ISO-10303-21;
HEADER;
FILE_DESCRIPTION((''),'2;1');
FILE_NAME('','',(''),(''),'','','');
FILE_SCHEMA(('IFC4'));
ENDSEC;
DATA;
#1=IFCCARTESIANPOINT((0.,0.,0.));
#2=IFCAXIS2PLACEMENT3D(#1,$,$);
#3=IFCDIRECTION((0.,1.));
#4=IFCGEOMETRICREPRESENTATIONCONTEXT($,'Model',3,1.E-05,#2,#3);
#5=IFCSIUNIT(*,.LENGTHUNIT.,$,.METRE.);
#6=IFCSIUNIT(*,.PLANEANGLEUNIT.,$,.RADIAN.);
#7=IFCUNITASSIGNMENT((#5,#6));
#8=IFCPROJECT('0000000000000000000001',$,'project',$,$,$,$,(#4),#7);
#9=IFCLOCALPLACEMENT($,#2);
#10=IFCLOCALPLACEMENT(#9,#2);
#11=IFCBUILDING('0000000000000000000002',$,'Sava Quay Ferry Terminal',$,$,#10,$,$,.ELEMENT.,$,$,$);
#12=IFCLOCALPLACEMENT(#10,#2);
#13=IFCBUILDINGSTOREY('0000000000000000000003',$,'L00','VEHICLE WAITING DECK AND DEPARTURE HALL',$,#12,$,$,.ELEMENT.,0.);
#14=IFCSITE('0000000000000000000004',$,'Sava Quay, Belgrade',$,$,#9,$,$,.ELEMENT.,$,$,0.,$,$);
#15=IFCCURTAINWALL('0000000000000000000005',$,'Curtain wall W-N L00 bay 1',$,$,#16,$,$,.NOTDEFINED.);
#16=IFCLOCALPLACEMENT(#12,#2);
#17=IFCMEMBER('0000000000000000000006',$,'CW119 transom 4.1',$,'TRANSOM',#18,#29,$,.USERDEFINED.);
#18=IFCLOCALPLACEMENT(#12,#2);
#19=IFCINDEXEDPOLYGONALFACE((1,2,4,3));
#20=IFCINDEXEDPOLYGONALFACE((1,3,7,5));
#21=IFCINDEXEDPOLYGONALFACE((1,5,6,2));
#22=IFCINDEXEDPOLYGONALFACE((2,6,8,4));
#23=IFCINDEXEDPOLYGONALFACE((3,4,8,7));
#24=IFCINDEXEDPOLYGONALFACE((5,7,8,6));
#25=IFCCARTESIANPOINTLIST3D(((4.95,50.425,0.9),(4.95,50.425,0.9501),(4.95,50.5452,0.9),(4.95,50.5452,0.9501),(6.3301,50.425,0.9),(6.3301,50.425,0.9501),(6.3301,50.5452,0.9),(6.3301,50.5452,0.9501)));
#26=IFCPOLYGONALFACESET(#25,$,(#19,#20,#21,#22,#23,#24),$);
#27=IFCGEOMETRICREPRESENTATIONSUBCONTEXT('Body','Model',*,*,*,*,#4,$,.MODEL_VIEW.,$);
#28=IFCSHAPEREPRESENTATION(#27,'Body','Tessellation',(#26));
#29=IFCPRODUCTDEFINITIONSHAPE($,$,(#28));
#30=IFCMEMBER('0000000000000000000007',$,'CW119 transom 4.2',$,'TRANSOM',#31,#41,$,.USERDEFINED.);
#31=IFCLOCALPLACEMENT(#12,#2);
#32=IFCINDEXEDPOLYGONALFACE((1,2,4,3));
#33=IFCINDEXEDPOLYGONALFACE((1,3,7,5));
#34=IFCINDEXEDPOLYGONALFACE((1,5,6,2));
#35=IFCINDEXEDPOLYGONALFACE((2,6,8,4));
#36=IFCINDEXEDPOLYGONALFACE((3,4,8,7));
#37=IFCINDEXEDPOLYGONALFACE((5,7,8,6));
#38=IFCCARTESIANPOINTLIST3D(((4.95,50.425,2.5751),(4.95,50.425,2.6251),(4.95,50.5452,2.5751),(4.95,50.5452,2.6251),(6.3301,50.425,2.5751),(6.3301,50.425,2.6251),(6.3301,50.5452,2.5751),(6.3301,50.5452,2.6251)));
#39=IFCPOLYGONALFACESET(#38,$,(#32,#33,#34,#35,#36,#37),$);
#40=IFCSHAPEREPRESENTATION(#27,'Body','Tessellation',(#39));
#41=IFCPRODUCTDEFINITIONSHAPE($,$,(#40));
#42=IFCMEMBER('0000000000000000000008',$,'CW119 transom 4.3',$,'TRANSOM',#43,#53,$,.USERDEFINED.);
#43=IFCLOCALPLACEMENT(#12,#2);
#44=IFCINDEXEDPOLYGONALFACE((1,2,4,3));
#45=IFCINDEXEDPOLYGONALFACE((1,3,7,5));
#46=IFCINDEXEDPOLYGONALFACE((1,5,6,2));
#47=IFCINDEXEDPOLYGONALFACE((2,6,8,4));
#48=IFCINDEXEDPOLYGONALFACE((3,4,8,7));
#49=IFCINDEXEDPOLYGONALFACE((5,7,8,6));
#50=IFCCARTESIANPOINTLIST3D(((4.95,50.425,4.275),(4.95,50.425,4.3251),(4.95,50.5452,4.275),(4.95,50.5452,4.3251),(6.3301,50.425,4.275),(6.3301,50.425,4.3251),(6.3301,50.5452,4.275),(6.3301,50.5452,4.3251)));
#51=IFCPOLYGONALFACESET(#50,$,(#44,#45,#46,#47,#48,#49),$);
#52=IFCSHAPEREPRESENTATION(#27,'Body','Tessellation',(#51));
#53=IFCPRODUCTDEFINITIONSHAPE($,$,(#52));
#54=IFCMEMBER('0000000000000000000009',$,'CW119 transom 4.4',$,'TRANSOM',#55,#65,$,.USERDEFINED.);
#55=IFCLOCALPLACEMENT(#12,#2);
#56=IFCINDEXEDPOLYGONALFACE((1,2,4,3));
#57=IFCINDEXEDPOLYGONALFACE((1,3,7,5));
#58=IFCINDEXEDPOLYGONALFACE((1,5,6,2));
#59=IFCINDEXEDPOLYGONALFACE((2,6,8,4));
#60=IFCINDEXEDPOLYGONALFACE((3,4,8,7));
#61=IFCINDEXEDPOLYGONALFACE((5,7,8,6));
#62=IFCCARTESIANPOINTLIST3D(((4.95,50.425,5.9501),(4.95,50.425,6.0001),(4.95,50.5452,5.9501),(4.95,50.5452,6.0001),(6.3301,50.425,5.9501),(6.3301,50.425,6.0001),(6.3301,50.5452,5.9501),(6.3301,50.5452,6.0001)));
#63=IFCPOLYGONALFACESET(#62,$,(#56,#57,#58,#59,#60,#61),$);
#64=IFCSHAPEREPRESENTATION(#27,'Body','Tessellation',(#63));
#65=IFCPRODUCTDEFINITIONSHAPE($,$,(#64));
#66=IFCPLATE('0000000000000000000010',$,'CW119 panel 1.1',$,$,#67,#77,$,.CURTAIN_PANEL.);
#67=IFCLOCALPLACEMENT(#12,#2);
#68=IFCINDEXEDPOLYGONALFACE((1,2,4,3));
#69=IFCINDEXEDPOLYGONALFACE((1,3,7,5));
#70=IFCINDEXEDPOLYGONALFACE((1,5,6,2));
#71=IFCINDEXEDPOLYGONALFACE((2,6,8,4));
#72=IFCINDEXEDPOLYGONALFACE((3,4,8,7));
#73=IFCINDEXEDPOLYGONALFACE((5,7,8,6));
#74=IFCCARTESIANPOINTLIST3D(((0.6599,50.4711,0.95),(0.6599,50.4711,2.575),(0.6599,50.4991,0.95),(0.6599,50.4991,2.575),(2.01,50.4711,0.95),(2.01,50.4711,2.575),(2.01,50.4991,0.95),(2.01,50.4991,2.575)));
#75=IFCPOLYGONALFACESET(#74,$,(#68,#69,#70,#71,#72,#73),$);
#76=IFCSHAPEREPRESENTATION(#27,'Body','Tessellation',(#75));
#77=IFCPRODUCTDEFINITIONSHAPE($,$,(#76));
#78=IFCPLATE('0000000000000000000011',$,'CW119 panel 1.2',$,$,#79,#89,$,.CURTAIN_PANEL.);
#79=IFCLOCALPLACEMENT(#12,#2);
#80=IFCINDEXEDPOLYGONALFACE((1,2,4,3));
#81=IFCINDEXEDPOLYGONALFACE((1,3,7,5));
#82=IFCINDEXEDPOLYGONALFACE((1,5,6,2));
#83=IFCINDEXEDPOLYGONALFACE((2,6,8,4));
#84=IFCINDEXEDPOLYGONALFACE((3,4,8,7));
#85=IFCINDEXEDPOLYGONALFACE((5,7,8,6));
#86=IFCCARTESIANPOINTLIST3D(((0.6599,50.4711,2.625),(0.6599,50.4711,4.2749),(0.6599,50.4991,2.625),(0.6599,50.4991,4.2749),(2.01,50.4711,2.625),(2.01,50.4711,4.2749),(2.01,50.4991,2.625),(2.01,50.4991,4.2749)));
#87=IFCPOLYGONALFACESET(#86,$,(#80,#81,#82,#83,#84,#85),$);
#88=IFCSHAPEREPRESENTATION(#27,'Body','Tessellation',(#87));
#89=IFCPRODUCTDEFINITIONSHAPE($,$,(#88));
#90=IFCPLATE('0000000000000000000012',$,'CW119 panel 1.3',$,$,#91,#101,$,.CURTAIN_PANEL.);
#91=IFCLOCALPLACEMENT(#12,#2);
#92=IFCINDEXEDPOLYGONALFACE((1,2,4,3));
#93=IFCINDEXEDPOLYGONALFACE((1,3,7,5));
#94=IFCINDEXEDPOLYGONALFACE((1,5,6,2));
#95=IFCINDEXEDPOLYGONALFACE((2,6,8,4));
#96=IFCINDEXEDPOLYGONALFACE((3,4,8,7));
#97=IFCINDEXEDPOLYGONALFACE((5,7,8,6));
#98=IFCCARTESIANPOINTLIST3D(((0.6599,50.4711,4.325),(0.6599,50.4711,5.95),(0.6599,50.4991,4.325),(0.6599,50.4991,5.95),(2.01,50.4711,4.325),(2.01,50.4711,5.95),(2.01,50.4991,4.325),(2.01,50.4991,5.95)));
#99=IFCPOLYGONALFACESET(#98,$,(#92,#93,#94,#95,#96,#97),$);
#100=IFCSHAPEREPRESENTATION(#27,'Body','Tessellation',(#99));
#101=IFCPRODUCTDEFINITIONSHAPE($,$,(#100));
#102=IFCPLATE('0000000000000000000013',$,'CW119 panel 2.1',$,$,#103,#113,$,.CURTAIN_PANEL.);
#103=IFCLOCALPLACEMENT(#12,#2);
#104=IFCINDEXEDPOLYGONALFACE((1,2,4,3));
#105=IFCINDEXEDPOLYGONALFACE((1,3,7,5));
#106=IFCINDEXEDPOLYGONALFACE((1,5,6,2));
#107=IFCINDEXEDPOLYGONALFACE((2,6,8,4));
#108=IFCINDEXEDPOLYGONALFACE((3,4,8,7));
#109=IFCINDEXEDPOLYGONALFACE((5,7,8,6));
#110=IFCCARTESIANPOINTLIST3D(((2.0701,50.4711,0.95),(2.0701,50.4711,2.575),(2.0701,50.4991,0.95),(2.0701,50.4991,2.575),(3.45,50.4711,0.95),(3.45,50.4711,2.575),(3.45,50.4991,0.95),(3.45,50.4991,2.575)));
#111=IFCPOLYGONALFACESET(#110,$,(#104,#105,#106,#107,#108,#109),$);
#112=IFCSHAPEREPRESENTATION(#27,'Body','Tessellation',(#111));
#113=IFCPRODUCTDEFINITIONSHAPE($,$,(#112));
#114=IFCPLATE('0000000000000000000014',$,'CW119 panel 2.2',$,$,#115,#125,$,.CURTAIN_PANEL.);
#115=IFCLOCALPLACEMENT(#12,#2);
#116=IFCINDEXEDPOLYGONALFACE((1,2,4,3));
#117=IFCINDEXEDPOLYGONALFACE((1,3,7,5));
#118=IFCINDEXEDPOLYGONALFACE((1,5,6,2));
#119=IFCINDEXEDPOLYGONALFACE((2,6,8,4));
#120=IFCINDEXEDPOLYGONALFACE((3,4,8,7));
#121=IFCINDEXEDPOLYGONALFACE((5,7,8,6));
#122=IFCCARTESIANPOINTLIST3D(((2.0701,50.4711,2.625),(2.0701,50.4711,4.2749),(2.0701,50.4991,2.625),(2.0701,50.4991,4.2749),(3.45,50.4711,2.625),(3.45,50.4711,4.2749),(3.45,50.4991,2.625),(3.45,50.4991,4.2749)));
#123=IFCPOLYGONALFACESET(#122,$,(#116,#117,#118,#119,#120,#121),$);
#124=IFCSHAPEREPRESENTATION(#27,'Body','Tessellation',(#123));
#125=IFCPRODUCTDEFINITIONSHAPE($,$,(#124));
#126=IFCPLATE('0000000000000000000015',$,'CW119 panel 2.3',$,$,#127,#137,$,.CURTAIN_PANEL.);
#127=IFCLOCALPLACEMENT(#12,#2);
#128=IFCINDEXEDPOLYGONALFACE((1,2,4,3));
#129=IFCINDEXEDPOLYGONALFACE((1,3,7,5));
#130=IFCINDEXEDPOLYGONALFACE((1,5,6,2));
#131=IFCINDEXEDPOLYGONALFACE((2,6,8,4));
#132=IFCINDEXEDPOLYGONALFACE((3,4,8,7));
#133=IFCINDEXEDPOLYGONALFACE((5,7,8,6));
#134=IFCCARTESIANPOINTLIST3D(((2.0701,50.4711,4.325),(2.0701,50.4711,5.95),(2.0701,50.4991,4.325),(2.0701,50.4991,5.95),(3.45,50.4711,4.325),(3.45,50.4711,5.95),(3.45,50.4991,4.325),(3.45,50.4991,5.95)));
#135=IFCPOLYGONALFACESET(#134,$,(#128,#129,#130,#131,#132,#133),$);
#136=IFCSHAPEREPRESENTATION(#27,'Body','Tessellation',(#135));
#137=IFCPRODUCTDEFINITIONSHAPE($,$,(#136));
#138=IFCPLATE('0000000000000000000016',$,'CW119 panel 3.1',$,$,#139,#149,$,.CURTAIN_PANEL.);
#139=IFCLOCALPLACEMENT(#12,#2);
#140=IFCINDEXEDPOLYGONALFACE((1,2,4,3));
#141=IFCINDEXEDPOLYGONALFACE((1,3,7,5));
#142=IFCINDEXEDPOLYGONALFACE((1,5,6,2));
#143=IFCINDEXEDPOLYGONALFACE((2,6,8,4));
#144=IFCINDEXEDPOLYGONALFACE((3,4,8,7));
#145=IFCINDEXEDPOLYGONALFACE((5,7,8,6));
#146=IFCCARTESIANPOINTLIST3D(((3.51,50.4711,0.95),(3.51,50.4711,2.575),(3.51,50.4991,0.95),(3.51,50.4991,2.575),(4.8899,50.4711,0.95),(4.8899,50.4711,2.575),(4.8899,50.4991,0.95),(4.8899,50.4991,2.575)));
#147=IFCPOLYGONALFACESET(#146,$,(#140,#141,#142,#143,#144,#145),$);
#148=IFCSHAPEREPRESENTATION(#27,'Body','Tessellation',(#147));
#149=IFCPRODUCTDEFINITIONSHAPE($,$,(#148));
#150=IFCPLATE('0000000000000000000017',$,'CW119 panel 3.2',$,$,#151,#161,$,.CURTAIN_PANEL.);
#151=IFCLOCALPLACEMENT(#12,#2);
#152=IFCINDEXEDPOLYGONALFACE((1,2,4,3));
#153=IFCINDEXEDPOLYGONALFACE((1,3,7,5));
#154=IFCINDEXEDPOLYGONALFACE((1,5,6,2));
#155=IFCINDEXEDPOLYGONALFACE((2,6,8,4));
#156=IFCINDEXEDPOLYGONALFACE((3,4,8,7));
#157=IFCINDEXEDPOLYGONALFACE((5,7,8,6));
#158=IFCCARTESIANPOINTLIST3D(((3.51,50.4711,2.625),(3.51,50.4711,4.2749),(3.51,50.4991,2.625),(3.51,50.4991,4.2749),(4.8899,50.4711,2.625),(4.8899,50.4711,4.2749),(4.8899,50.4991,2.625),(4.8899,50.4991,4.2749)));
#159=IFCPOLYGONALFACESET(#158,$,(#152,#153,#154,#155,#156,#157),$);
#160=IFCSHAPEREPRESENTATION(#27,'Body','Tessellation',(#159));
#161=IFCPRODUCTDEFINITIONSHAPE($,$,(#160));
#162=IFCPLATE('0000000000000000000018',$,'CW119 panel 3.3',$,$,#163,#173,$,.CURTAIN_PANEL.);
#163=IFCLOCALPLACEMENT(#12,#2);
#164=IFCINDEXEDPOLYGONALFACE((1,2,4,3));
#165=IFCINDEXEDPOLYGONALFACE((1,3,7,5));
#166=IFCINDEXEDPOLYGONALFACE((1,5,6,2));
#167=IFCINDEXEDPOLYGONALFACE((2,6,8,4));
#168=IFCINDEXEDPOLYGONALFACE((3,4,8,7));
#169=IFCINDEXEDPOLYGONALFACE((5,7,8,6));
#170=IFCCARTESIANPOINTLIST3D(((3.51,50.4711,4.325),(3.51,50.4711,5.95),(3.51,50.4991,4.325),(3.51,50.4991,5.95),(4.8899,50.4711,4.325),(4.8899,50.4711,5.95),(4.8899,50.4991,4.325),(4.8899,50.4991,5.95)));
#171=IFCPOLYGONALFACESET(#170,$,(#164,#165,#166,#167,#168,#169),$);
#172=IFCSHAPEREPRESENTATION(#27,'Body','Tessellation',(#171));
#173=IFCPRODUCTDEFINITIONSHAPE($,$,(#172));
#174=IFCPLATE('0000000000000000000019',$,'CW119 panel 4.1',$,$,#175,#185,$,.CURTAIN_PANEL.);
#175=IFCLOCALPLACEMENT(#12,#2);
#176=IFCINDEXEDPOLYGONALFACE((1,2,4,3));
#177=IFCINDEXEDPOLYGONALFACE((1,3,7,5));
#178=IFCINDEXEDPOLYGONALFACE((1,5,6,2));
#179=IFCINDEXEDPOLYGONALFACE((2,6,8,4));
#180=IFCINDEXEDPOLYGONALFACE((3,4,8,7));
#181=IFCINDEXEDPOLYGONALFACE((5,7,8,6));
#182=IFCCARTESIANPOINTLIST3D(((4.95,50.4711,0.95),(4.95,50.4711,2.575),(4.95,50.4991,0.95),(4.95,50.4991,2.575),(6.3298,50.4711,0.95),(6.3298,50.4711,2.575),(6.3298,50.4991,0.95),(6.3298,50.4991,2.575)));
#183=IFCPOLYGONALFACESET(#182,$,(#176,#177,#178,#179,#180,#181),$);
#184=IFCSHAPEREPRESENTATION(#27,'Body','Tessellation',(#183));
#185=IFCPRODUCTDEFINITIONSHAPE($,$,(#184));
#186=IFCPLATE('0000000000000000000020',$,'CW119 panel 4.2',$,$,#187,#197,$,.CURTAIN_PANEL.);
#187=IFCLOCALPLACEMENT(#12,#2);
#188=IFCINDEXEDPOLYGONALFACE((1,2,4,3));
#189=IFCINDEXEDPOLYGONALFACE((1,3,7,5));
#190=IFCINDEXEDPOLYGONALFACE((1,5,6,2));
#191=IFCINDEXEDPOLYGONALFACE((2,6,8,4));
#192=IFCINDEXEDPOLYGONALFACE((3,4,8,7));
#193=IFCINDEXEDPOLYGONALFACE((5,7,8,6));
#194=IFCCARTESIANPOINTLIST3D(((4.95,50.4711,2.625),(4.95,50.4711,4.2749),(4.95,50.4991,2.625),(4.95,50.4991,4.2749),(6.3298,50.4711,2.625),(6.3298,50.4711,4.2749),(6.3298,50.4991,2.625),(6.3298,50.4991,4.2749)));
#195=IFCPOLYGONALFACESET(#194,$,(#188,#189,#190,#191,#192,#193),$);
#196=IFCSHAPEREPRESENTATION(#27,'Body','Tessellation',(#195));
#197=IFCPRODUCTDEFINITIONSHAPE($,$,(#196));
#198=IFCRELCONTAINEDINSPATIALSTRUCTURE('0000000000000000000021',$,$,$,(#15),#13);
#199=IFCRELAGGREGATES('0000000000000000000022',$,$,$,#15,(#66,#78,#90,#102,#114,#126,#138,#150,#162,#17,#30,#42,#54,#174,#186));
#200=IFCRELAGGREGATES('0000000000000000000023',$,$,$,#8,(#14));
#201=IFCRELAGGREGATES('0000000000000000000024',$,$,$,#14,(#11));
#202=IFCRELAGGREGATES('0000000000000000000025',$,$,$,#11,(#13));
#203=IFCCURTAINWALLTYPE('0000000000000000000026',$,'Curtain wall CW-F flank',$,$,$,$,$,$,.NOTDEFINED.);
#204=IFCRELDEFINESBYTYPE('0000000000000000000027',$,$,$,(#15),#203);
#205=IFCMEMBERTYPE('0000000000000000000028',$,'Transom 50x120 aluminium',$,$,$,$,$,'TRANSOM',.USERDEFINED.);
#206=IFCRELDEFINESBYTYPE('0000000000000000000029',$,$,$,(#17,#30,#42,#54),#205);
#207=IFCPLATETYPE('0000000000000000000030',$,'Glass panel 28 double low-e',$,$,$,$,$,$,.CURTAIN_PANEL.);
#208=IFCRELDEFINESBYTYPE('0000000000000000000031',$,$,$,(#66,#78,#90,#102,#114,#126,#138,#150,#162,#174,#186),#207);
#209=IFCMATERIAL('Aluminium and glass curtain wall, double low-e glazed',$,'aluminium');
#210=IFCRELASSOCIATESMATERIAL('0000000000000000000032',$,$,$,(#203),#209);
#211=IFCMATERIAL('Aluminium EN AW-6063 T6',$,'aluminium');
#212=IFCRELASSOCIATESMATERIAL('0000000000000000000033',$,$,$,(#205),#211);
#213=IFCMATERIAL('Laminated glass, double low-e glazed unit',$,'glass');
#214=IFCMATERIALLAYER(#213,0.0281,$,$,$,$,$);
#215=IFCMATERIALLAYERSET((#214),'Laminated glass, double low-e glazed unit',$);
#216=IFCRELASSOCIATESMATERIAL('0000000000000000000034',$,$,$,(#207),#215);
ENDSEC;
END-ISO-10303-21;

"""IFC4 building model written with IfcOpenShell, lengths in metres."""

from ifc_helpers import new_model, si_unit, direction, frame, origin, origin_2d, place, context, subcontext, project, spatial, rectangle, extrude, material, layer, layer_set, material_profile, profile_set, type_object, element, aggregate, save


model = new_model("IFC4")

# Units and contexts
model_context = context("Model", 3, precision=1e-05, world=origin(), true_north=direction((0.0, 1.0)))
body_context = subcontext(model_context, "Body", "Model", "MODEL_VIEW")
ifc_project = project(units=[si_unit("LENGTHUNIT", "METRE"), si_unit("PLANEANGLEUNIT", "RADIAN")], contexts=[model_context])

# Site, building, storey
site_placement = place(None, origin())
site = spatial("IfcSite", under=ifc_project, at=site_placement, Name="Sava Quay, Belgrade", CompositionType="ELEMENT", RefElevation=0.0)
building_placement = place(site_placement, origin())
building = spatial("IfcBuilding", under=site, at=building_placement, Name="Sava Quay Ferry Terminal", CompositionType="ELEMENT")
storey_placement = place(building_placement, origin())
storey = spatial("IfcBuildingStorey", under=building, at=storey_placement, Name="L00", Description="VEHICLE WAITING DECK AND DEPARTURE HALL", CompositionType="ELEMENT", Elevation=0.0)

# Curtain wall, members, plates
ifc_material_1 = material(Name="Aluminium and glass curtain wall, double low-e glazed", Category="aluminium")
curtain_wall_type = type_object("IfcCurtainWallType", Name="Curtain wall CW-F flank", PredefinedType="NOTDEFINED", material=ifc_material_1)
curtain_wall_placement = place(storey_placement, origin())
curtain_wall = element("IfcCurtainWall", 1, at=curtain_wall_placement, inside=storey, type_object=curtain_wall_type, Name="Curtain wall W-N L00 bay 1", PredefinedType="NOTDEFINED")
ifc_material_2 = material(Name="Aluminium EN AW-6063 T6", Category="aluminium")
ifc_material_profile_1 = material_profile(ifc_material_2, rectangle(XDim=0.1201, YDim=0.05, at=origin_2d()), Name="Transom 50x120 aluminium")
ifc_profile_set_1 = profile_set([ifc_material_profile_1], Name="Aluminium EN AW-6063 T6")
member_type_1 = type_object("IfcMemberType", Name="Transom 50x120 aluminium", ElementType="TRANSOM", PredefinedType="USERDEFINED", material=ifc_profile_set_1)
member_1_placement = place(storey_placement, frame((4.95, 50.4851, 0.925), z_axis=(1.0, 0.0, 0.0), x_axis=(0.0, 1.0, 0.0)))
member_1 = element("IfcMember", 2, at=member_1_placement, type_object=member_type_1, Name="CW119 transom 4.1", ObjectType="TRANSOM", PredefinedType="USERDEFINED", context=body_context, shape_type="SweptSolid", body=[
    extrude(rectangle(XDim=0.1201, YDim=0.05, at=origin_2d()), origin(), (0.0, 0.0, 1.0), 1.3801),
])
member_2_placement = place(storey_placement, frame((4.95, 50.4851, 2.6001), z_axis=(1.0, 0.0, 0.0), x_axis=(0.0, 1.0, 0.0)))
member_2 = element("IfcMember", 3, at=member_2_placement, type_object=member_type_1, Name="CW119 transom 4.2", ObjectType="TRANSOM", PredefinedType="USERDEFINED", context=body_context, shape_type="SweptSolid", body=[
    extrude(rectangle(XDim=0.1201, YDim=0.05, at=origin_2d()), origin(), (0.0, 0.0, 1.0), 1.3801),
])
member_3_placement = place(storey_placement, frame((4.95, 50.4851, 4.3), z_axis=(1.0, 0.0, 0.0), x_axis=(0.0, 1.0, 0.0)))
member_3 = element("IfcMember", 4, at=member_3_placement, type_object=member_type_1, Name="CW119 transom 4.3", ObjectType="TRANSOM", PredefinedType="USERDEFINED", context=body_context, shape_type="SweptSolid", body=[
    extrude(rectangle(XDim=0.1201, YDim=0.05, at=origin_2d()), origin(), (0.0, 0.0, 1.0), 1.3801),
])
member_4_placement = place(storey_placement, frame((4.95, 50.4851, 5.9751), z_axis=(1.0, 0.0, 0.0), x_axis=(0.0, 1.0, 0.0)))
member_4 = element("IfcMember", 5, at=member_4_placement, type_object=member_type_1, Name="CW119 transom 4.4", ObjectType="TRANSOM", PredefinedType="USERDEFINED", context=body_context, shape_type="SweptSolid", body=[
    extrude(rectangle(XDim=0.1201, YDim=0.05, at=origin_2d()), origin(), (0.0, 0.0, 1.0), 1.3801),
])
ifc_material_3 = material(Name="Laminated glass, double low-e glazed unit", Category="glass")
ifc_layer = layer(ifc_material_3, 0.0281)
ifc_layer_set = layer_set([ifc_layer], Name="Laminated glass, double low-e glazed unit")
plate_type = type_object("IfcPlateType", Name="Glass panel 28 double low-e", PredefinedType="CURTAIN_PANEL", material=ifc_layer_set)
plate_1_placement = place(storey_placement, frame((1.335, 50.4851, 0.95), z_axis=(0.0, 0.0, 1.0), x_axis=(1.0, 0.0, 0.0)))
plate_1 = element("IfcPlate", 6, at=plate_1_placement, type_object=plate_type, Name="CW119 panel 1.1", PredefinedType="CURTAIN_PANEL", context=body_context, shape_type="SweptSolid", body=[
    extrude(rectangle(XDim=1.3501, YDim=0.0281, at=origin_2d()), origin(), (0.0, 0.0, 1.0), 1.625),
])
plate_2_placement = place(storey_placement, frame((1.335, 50.4851, 2.625), z_axis=(0.0, 0.0, 1.0), x_axis=(1.0, 0.0, 0.0)))
plate_2 = element("IfcPlate", 7, at=plate_2_placement, type_object=plate_type, Name="CW119 panel 1.2", PredefinedType="CURTAIN_PANEL", context=body_context, shape_type="SweptSolid", body=[
    extrude(rectangle(XDim=1.3501, YDim=0.0281, at=origin_2d()), origin(), (0.0, 0.0, 1.0), 1.6499),
])
plate_3_placement = place(storey_placement, frame((1.335, 50.4851, 4.325), z_axis=(0.0, 0.0, 1.0), x_axis=(1.0, 0.0, 0.0)))
plate_3 = element("IfcPlate", 8, at=plate_3_placement, type_object=plate_type, Name="CW119 panel 1.3", PredefinedType="CURTAIN_PANEL", context=body_context, shape_type="SweptSolid", body=[
    extrude(rectangle(XDim=1.3501, YDim=0.0281, at=origin_2d()), origin(), (0.0, 0.0, 1.0), 1.625),
])
plate_4_placement = place(storey_placement, frame((2.76, 50.4851, 0.95), z_axis=(0.0, 0.0, 1.0), x_axis=(1.0, 0.0, 0.0)))
plate_4 = element("IfcPlate", 9, at=plate_4_placement, type_object=plate_type, Name="CW119 panel 2.1", PredefinedType="CURTAIN_PANEL", context=body_context, shape_type="SweptSolid", body=[
    extrude(rectangle(XDim=1.3799, YDim=0.0281, at=origin_2d()), origin(), (0.0, 0.0, 1.0), 1.625),
])
plate_5_placement = place(storey_placement, frame((2.76, 50.4851, 2.625), z_axis=(0.0, 0.0, 1.0), x_axis=(1.0, 0.0, 0.0)))
plate_5 = element("IfcPlate", 10, at=plate_5_placement, type_object=plate_type, Name="CW119 panel 2.2", PredefinedType="CURTAIN_PANEL", context=body_context, shape_type="SweptSolid", body=[
    extrude(rectangle(XDim=1.3799, YDim=0.0281, at=origin_2d()), origin(), (0.0, 0.0, 1.0), 1.6499),
])
plate_6_placement = place(storey_placement, frame((2.76, 50.4851, 4.325), z_axis=(0.0, 0.0, 1.0), x_axis=(1.0, 0.0, 0.0)))
plate_6 = element("IfcPlate", 11, at=plate_6_placement, type_object=plate_type, Name="CW119 panel 2.3", PredefinedType="CURTAIN_PANEL", context=body_context, shape_type="SweptSolid", body=[
    extrude(rectangle(XDim=1.3799, YDim=0.0281, at=origin_2d()), origin(), (0.0, 0.0, 1.0), 1.625),
])
plate_7_placement = place(storey_placement, frame((4.2, 50.4851, 0.95), z_axis=(0.0, 0.0, 1.0), x_axis=(1.0, 0.0, 0.0)))
plate_7 = element("IfcPlate", 12, at=plate_7_placement, type_object=plate_type, Name="CW119 panel 3.1", PredefinedType="CURTAIN_PANEL", context=body_context, shape_type="SweptSolid", body=[
    extrude(rectangle(XDim=1.3799, YDim=0.0281, at=origin_2d()), origin(), (0.0, 0.0, 1.0), 1.625),
])
plate_8_placement = place(storey_placement, frame((4.2, 50.4851, 2.625), z_axis=(0.0, 0.0, 1.0), x_axis=(1.0, 0.0, 0.0)))
plate_8 = element("IfcPlate", 13, at=plate_8_placement, type_object=plate_type, Name="CW119 panel 3.2", PredefinedType="CURTAIN_PANEL", context=body_context, shape_type="SweptSolid", body=[
    extrude(rectangle(XDim=1.3799, YDim=0.0281, at=origin_2d()), origin(), (0.0, 0.0, 1.0), 1.6499),
])
plate_9_placement = place(storey_placement, frame((4.2, 50.4851, 4.325), z_axis=(0.0, 0.0, 1.0), x_axis=(1.0, 0.0, 0.0)))
plate_9 = element("IfcPlate", 14, at=plate_9_placement, type_object=plate_type, Name="CW119 panel 3.3", PredefinedType="CURTAIN_PANEL", context=body_context, shape_type="SweptSolid", body=[
    extrude(rectangle(XDim=1.3799, YDim=0.0281, at=origin_2d()), origin(), (0.0, 0.0, 1.0), 1.625),
])
plate_10_placement = place(storey_placement, frame((5.6399, 50.4851, 0.95), z_axis=(0.0, 0.0, 1.0), x_axis=(1.0, 0.0, 0.0)))
plate_10 = element("IfcPlate", 15, at=plate_10_placement, type_object=plate_type, Name="CW119 panel 4.1", PredefinedType="CURTAIN_PANEL", context=body_context, shape_type="SweptSolid", body=[
    extrude(rectangle(XDim=1.3799, YDim=0.0281, at=origin_2d()), origin(), (0.0, 0.0, 1.0), 1.625),
])
plate_11_placement = place(storey_placement, frame((5.6399, 50.4851, 2.625), z_axis=(0.0, 0.0, 1.0), x_axis=(1.0, 0.0, 0.0)))
plate_11 = element("IfcPlate", 16, at=plate_11_placement, type_object=plate_type, Name="CW119 panel 4.2", PredefinedType="CURTAIN_PANEL", context=body_context, shape_type="SweptSolid", body=[
    extrude(rectangle(XDim=1.3799, YDim=0.0281, at=origin_2d()), origin(), (0.0, 0.0, 1.0), 1.6499),
])
aggregate(curtain_wall, [plate_1, plate_2, plate_3, plate_4, plate_5, plate_6, plate_7, plate_8, plate_9, member_1, member_2, member_3, member_4, plate_10, plate_11])

save(model, "model.ifc")
